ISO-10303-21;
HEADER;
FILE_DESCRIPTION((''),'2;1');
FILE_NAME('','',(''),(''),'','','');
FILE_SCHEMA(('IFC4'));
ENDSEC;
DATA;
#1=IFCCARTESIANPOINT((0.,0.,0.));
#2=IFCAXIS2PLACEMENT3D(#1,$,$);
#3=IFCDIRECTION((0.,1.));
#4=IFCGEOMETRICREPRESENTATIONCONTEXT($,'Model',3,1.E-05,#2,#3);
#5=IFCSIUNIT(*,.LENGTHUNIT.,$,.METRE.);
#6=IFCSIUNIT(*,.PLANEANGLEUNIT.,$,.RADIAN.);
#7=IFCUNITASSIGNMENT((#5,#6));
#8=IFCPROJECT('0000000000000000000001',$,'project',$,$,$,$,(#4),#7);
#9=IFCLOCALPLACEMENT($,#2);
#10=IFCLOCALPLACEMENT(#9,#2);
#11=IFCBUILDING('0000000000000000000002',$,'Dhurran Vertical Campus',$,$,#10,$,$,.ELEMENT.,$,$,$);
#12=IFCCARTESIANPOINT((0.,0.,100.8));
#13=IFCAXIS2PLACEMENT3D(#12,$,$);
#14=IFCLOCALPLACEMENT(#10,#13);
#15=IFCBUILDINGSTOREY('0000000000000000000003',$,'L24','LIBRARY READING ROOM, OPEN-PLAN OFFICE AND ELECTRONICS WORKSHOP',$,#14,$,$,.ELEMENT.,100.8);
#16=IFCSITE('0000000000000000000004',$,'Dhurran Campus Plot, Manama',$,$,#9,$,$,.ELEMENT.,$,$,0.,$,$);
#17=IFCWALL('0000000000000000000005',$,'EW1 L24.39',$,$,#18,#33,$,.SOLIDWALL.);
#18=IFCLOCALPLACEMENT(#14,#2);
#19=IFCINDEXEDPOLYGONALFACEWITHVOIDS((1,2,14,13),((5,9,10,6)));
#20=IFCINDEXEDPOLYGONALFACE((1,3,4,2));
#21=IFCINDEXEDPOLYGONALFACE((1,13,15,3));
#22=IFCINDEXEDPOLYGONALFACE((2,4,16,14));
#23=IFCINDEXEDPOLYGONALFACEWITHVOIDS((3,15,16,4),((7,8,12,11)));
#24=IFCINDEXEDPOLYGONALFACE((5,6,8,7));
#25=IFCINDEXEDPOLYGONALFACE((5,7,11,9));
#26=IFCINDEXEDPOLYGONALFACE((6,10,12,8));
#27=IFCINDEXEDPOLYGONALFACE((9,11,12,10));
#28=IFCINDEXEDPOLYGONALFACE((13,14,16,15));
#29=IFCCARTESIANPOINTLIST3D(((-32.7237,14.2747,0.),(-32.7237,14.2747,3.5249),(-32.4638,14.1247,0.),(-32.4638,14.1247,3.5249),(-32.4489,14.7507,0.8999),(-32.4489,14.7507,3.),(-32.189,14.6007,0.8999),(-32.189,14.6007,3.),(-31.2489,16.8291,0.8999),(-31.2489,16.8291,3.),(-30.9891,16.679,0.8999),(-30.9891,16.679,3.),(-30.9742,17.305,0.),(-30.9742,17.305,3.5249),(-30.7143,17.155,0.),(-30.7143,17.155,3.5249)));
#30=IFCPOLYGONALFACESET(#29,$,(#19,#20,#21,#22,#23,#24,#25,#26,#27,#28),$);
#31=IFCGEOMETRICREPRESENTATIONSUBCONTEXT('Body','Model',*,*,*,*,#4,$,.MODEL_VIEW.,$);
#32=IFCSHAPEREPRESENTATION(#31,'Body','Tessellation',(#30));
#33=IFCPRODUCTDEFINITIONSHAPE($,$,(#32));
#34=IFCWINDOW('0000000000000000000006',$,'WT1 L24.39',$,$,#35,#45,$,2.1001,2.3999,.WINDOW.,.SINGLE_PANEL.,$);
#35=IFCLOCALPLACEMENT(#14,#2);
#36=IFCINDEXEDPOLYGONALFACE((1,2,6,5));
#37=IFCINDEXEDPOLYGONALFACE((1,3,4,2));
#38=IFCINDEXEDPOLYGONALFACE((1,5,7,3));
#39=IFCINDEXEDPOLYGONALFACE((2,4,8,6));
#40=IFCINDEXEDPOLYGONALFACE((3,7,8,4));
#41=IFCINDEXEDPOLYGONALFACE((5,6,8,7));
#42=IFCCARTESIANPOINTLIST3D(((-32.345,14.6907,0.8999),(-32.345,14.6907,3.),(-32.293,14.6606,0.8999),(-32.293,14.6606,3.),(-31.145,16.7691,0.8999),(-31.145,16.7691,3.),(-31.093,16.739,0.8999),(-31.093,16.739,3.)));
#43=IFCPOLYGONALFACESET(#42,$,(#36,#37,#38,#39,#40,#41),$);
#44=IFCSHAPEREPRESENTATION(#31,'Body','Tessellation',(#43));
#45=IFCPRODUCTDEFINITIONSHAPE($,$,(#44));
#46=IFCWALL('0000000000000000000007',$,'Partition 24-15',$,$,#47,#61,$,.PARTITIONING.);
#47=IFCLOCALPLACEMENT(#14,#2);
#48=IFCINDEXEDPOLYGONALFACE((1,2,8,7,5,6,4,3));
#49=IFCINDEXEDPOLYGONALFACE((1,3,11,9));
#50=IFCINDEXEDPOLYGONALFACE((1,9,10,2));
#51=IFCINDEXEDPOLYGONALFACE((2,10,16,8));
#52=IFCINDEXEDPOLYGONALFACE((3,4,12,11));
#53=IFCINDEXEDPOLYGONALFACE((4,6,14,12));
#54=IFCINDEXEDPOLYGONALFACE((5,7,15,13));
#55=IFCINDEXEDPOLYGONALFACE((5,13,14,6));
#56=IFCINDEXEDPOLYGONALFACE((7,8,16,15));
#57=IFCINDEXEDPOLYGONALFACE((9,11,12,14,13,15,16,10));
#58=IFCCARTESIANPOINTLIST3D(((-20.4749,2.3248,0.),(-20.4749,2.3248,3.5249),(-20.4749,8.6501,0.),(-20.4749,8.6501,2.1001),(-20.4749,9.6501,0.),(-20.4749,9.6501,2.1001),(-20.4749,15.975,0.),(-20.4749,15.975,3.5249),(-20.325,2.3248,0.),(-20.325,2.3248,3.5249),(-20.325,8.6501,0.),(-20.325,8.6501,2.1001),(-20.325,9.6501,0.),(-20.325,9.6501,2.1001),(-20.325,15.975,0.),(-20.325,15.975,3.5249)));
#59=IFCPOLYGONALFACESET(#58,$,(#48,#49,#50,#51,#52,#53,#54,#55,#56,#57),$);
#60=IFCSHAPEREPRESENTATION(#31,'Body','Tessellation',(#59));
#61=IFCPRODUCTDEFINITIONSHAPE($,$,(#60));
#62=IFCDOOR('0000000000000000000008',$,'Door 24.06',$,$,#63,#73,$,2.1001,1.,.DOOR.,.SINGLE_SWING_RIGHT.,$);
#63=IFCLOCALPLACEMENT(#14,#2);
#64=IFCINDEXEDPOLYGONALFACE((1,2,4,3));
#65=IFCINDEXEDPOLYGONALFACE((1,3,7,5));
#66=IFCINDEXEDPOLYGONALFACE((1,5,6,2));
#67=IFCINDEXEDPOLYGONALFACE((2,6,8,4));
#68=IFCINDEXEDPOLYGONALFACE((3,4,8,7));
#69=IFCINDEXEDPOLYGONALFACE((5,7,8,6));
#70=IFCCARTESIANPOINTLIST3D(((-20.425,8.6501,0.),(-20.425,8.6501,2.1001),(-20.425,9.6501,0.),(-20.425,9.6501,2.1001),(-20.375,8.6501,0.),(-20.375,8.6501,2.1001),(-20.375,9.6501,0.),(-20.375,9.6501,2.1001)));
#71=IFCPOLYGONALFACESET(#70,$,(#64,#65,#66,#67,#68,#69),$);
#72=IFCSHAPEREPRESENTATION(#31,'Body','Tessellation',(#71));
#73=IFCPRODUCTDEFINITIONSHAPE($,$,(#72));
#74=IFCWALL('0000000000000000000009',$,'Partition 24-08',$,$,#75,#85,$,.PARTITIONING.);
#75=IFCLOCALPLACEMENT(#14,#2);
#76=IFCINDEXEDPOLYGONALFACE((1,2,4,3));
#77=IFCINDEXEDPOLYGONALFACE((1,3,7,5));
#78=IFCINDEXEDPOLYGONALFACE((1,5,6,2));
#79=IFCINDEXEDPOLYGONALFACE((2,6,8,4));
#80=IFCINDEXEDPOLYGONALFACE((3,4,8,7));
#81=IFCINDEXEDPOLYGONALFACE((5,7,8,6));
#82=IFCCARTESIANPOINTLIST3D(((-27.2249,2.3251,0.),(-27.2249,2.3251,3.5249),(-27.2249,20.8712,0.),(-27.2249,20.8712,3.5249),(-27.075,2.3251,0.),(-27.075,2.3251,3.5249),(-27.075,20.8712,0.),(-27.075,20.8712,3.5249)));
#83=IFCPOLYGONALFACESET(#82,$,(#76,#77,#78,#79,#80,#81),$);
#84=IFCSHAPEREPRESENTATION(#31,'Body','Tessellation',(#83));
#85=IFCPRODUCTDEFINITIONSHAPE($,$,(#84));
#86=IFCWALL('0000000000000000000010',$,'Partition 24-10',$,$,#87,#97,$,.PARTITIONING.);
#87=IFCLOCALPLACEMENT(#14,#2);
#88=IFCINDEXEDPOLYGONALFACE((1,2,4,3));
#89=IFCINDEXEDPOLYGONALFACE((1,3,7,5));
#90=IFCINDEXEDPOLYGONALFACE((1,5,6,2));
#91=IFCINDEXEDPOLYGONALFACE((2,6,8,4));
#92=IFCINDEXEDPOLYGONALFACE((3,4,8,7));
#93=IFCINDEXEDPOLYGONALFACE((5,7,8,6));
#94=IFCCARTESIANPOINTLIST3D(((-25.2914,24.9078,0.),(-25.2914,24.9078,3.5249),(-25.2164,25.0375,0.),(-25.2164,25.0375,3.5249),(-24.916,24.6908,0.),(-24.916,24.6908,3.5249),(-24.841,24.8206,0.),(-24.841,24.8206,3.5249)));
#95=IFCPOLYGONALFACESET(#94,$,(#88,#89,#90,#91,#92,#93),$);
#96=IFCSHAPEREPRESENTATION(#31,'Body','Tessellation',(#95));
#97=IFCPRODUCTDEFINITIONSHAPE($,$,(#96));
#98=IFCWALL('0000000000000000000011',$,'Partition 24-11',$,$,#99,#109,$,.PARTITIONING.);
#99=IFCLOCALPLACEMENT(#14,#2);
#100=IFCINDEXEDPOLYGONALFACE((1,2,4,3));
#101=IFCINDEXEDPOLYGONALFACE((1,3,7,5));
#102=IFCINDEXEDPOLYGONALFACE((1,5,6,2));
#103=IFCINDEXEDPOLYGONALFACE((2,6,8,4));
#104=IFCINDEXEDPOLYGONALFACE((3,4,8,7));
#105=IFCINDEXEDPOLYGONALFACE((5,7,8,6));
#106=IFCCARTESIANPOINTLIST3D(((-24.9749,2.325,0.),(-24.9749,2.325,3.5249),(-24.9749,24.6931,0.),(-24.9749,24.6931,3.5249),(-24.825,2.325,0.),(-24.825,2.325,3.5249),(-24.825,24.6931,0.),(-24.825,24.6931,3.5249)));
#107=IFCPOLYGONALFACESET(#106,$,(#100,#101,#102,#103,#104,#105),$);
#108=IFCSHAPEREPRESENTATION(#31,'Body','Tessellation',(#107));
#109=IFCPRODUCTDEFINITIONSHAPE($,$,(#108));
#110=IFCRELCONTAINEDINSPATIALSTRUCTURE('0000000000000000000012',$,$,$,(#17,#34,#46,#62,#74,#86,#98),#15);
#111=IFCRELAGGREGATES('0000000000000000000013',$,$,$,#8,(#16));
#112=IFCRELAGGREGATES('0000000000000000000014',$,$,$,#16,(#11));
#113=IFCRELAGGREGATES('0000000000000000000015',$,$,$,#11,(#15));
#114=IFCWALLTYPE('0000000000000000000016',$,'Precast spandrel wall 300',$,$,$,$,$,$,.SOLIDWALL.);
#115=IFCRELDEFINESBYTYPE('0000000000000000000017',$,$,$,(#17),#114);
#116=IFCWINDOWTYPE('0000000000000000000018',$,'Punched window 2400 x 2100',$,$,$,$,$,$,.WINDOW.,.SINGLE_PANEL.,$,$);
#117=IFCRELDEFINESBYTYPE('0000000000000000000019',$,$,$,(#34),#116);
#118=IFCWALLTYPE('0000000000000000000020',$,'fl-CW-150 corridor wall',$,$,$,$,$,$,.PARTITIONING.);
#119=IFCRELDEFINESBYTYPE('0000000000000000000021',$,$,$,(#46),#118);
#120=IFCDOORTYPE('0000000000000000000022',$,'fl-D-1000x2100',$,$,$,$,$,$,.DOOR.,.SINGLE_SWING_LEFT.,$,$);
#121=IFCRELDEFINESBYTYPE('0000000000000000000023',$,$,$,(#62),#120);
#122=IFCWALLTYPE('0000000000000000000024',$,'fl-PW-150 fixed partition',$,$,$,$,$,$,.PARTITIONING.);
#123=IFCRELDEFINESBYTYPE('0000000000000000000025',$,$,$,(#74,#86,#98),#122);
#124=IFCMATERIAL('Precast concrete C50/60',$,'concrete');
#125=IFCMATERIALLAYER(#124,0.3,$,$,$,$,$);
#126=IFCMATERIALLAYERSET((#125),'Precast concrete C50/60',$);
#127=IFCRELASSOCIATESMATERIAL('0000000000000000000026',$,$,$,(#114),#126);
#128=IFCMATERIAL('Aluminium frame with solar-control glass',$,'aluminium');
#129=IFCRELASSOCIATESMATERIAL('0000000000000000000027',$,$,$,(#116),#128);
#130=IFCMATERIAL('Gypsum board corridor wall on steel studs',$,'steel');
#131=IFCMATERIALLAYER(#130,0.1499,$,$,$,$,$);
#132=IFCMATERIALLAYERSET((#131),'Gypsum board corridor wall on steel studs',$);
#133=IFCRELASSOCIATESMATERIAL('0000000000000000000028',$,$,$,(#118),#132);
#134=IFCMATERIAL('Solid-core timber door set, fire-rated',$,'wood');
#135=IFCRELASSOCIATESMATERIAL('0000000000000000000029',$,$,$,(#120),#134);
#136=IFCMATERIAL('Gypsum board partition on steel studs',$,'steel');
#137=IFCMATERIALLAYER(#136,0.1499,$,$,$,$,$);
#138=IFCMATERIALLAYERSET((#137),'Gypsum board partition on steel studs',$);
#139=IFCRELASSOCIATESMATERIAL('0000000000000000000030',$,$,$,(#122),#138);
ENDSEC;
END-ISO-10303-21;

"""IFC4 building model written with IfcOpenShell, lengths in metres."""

from ifc_helpers import new_model, si_unit, direction, frame, frame_2d, origin, place, context, subcontext, project, spatial, rectangle, extrude, material, layer, layer_set, type_object, element, fill, save


model = new_model("IFC4")

# Units and contexts
model_context = context("Model", 3, precision=1e-05, world=origin(), true_north=direction((0.0, 1.0)))
body_context = subcontext(model_context, "Body", "Model", "MODEL_VIEW")
ifc_project = project(units=[si_unit("LENGTHUNIT", "METRE"), si_unit("PLANEANGLEUNIT", "RADIAN")], contexts=[model_context])

# Site, building, storey
site_placement = place(None, origin())
site = spatial("IfcSite", under=ifc_project, at=site_placement, Name="Dhurran Campus Plot, Manama", CompositionType="ELEMENT", RefElevation=0.0)
building_placement = place(site_placement, origin())
building = spatial("IfcBuilding", under=site, at=building_placement, Name="Dhurran Vertical Campus", CompositionType="ELEMENT")
storey_placement = place(building_placement, frame((0.0, 0.0, 100.8)))
storey = spatial("IfcBuildingStorey", under=building, at=storey_placement, Name="L24", Description="LIBRARY READING ROOM, OPEN-PLAN OFFICE AND ELECTRONICS WORKSHOP", CompositionType="ELEMENT", Elevation=100.8)

# Wall, opening, window
ifc_material_1 = material(Name="Precast concrete C50/60", Category="concrete")
ifc_layer_1 = layer(ifc_material_1, 0.3)
ifc_layer_set_1 = layer_set([ifc_layer_1], Name="Precast concrete C50/60")
wall_type_1 = type_object("IfcWallType", Name="Precast spandrel wall 300", PredefinedType="SOLIDWALL", material=ifc_layer_set_1)
ifc_material_2 = material(Name="Aluminium frame with solar-control glass", Category="aluminium")
window_type = type_object("IfcWindowType", Name="Punched window 2400 x 2100", PartitioningType="SINGLE_PANEL", PredefinedType="WINDOW", material=ifc_material_2)
wall_1_placement = place(storey_placement, frame((-30.8442, 17.23, 0.0), z_axis=(0.0, 0.0, 1.0), x_axis=(-0.499996, -0.866028, 0.0)))
wall_1 = element("IfcWall", 1, at=wall_1_placement, inside=storey, type_object=wall_type_1, Name="EW1 L24.39", PredefinedType="SOLIDWALL", context=body_context, shape_type="SweptSolid", body=[
    extrude(rectangle(XDim=3.499, YDim=0.3, at=frame_2d((1.7495, 0.0))), origin(), (0.0, 0.0, 1.0), 3.5249),
])
opening_1_placement = place(wall_1_placement, frame((0.5496, 0.0, 0.8999)))
opening_1 = element("IfcOpeningElement", 2, at=opening_1_placement, cuts=wall_1, PredefinedType="OPENING", context=body_context, shape_type="SweptSolid", body=[
    extrude(rectangle(XDim=2.3999, YDim=2.1001, at=frame_2d((1.2, 1.05))), frame((0.0, 0.1599, 0.0), z_axis=(0.0, -1.0, 0.0), x_axis=(1.0, 0.0, 0.0)), (0.0, 0.0, 1.0), 0.3201),
])
window_1_placement = place(opening_1_placement, origin())
window_1 = element("IfcWindow", 3, at=window_1_placement, inside=storey, type_object=window_type, Name="WT1 L24.39", OverallHeight=2.1001, OverallWidth=2.3999, PartitioningType="SINGLE_PANEL", PredefinedType="WINDOW", context=body_context, shape_type="SweptSolid", body=[
    extrude(rectangle(XDim=2.3999, YDim=2.1001, at=frame_2d((1.2, 1.05))), frame((0.0, 0.03, 0.0), z_axis=(0.0, -1.0, 0.0), x_axis=(1.0, 0.0, 0.0)), (0.0, 0.0, 1.0), 0.0601),
])
fill(opening_1, window_1)

# Wall, opening, door
ifc_material_3 = material(Name="Gypsum board corridor wall on steel studs", Category="steel")
ifc_layer_2 = layer(ifc_material_3, 0.1499)
ifc_layer_set_2 = layer_set([ifc_layer_2], Name="Gypsum board corridor wall on steel studs")
wall_type_2 = type_object("IfcWallType", Name="fl-CW-150 corridor wall", PredefinedType="PARTITIONING", material=ifc_layer_set_2)
wall_2_placement = place(storey_placement, frame((-20.3999, 15.9751, 0.0), z_axis=(0.0, 0.0, 1.0), x_axis=(0.0, -1.0, 0.0)))
wall_2 = element("IfcWall", 4, at=wall_2_placement, inside=storey, type_object=wall_type_2, Name="Partition 24-15", PredefinedType="PARTITIONING", context=body_context, shape_type="SweptSolid", body=[
    extrude(rectangle(XDim=13.6501, YDim=0.1499, at=frame_2d((6.8252, 0.0))), origin(), (0.0, 0.0, 1.0), 3.5249),
])
opening_2_placement = place(wall_2_placement, frame((6.325, 0.0, 0.0)))
opening_2 = element("IfcOpeningElement", 5, at=opening_2_placement, cuts=wall_2, PredefinedType="OPENING", context=body_context, shape_type="SweptSolid", body=[
    extrude(rectangle(XDim=1.0, YDim=2.1001, at=frame_2d((0.5, 1.05))), frame((0.0, 0.085, 0.0), z_axis=(0.0, -1.0, 0.0), x_axis=(1.0, 0.0, 0.0)), (0.0, 0.0, 1.0), 0.1699),
])
ifc_material_4 = material(Name="Solid-core timber door set, fire-rated", Category="wood")
door_type = type_object("IfcDoorType", Name="fl-D-1000x2100", OperationType="SINGLE_SWING_LEFT", PredefinedType="DOOR", material=ifc_material_4)
door_placement = place(opening_2_placement, origin())
door = element("IfcDoor", 6, at=door_placement, inside=storey, type_object=door_type, Name="Door 24.06", OperationType="SINGLE_SWING_RIGHT", OverallHeight=2.1001, OverallWidth=1.0, PredefinedType="DOOR", context=body_context, shape_type="SweptSolid", body=[
    extrude(rectangle(XDim=1.0, YDim=2.1001, at=frame_2d((0.5, 1.05))), frame((0.0, 0.0249, 0.0), z_axis=(0.0, -1.0, 0.0), x_axis=(1.0, 0.0, 0.0)), (0.0, 0.0, 1.0), 0.05),
])
fill(opening_2, door)

# Walls
ifc_material_5 = material(Name="Gypsum board partition on steel studs", Category="steel")
ifc_layer_3 = layer(ifc_material_5, 0.1499)
ifc_layer_set_3 = layer_set([ifc_layer_3], Name="Gypsum board partition on steel studs")
wall_type_3 = type_object("IfcWallType", Name="fl-PW-150 fixed partition", PredefinedType="PARTITIONING", material=ifc_layer_set_3)
wall_3_placement = place(storey_placement, frame((-27.1499, 20.8711, 0.0), z_axis=(0.0, 0.0, 1.0), x_axis=(0.0, -1.0, 0.0)))
element("IfcWall", 7, at=wall_3_placement, inside=storey, type_object=wall_type_3, Name="Partition 24-08", PredefinedType="PARTITIONING", context=body_context, shape_type="SweptSolid", body=[
    extrude(rectangle(XDim=18.5461, YDim=0.1499, at=frame_2d((9.2729, 0.0))), origin(), (0.0, 0.0, 1.0), 3.5249),
])
wall_4_placement = place(storey_placement, frame((-25.2539, 24.9727, 0.0), z_axis=(0.0, 0.0, 1.0), x_axis=(0.865773, -0.500437, 0.0)))
element("IfcWall", 8, at=wall_4_placement, inside=storey, type_object=wall_type_3, Name="Partition 24-10", PredefinedType="PARTITIONING", context=body_context, shape_type="SweptSolid", body=[
    extrude(rectangle(XDim=0.4336, YDim=0.1499, at=frame_2d((0.2168, 0.0))), origin(), (0.0, 0.0, 1.0), 3.5249),
])
wall_5_placement = place(storey_placement, frame((-24.8999, 24.6931, 0.0), z_axis=(0.0, 0.0, 1.0), x_axis=(0.0, -1.0, 0.0)))
element("IfcWall", 9, at=wall_5_placement, inside=storey, type_object=wall_type_3, Name="Partition 24-11", PredefinedType="PARTITIONING", context=body_context, shape_type="SweptSolid", body=[
    extrude(rectangle(XDim=22.3682, YDim=0.1499, at=frame_2d((11.1841, 0.0))), origin(), (0.0, 0.0, 1.0), 3.5249),
])

save(model, "model.ifc")
